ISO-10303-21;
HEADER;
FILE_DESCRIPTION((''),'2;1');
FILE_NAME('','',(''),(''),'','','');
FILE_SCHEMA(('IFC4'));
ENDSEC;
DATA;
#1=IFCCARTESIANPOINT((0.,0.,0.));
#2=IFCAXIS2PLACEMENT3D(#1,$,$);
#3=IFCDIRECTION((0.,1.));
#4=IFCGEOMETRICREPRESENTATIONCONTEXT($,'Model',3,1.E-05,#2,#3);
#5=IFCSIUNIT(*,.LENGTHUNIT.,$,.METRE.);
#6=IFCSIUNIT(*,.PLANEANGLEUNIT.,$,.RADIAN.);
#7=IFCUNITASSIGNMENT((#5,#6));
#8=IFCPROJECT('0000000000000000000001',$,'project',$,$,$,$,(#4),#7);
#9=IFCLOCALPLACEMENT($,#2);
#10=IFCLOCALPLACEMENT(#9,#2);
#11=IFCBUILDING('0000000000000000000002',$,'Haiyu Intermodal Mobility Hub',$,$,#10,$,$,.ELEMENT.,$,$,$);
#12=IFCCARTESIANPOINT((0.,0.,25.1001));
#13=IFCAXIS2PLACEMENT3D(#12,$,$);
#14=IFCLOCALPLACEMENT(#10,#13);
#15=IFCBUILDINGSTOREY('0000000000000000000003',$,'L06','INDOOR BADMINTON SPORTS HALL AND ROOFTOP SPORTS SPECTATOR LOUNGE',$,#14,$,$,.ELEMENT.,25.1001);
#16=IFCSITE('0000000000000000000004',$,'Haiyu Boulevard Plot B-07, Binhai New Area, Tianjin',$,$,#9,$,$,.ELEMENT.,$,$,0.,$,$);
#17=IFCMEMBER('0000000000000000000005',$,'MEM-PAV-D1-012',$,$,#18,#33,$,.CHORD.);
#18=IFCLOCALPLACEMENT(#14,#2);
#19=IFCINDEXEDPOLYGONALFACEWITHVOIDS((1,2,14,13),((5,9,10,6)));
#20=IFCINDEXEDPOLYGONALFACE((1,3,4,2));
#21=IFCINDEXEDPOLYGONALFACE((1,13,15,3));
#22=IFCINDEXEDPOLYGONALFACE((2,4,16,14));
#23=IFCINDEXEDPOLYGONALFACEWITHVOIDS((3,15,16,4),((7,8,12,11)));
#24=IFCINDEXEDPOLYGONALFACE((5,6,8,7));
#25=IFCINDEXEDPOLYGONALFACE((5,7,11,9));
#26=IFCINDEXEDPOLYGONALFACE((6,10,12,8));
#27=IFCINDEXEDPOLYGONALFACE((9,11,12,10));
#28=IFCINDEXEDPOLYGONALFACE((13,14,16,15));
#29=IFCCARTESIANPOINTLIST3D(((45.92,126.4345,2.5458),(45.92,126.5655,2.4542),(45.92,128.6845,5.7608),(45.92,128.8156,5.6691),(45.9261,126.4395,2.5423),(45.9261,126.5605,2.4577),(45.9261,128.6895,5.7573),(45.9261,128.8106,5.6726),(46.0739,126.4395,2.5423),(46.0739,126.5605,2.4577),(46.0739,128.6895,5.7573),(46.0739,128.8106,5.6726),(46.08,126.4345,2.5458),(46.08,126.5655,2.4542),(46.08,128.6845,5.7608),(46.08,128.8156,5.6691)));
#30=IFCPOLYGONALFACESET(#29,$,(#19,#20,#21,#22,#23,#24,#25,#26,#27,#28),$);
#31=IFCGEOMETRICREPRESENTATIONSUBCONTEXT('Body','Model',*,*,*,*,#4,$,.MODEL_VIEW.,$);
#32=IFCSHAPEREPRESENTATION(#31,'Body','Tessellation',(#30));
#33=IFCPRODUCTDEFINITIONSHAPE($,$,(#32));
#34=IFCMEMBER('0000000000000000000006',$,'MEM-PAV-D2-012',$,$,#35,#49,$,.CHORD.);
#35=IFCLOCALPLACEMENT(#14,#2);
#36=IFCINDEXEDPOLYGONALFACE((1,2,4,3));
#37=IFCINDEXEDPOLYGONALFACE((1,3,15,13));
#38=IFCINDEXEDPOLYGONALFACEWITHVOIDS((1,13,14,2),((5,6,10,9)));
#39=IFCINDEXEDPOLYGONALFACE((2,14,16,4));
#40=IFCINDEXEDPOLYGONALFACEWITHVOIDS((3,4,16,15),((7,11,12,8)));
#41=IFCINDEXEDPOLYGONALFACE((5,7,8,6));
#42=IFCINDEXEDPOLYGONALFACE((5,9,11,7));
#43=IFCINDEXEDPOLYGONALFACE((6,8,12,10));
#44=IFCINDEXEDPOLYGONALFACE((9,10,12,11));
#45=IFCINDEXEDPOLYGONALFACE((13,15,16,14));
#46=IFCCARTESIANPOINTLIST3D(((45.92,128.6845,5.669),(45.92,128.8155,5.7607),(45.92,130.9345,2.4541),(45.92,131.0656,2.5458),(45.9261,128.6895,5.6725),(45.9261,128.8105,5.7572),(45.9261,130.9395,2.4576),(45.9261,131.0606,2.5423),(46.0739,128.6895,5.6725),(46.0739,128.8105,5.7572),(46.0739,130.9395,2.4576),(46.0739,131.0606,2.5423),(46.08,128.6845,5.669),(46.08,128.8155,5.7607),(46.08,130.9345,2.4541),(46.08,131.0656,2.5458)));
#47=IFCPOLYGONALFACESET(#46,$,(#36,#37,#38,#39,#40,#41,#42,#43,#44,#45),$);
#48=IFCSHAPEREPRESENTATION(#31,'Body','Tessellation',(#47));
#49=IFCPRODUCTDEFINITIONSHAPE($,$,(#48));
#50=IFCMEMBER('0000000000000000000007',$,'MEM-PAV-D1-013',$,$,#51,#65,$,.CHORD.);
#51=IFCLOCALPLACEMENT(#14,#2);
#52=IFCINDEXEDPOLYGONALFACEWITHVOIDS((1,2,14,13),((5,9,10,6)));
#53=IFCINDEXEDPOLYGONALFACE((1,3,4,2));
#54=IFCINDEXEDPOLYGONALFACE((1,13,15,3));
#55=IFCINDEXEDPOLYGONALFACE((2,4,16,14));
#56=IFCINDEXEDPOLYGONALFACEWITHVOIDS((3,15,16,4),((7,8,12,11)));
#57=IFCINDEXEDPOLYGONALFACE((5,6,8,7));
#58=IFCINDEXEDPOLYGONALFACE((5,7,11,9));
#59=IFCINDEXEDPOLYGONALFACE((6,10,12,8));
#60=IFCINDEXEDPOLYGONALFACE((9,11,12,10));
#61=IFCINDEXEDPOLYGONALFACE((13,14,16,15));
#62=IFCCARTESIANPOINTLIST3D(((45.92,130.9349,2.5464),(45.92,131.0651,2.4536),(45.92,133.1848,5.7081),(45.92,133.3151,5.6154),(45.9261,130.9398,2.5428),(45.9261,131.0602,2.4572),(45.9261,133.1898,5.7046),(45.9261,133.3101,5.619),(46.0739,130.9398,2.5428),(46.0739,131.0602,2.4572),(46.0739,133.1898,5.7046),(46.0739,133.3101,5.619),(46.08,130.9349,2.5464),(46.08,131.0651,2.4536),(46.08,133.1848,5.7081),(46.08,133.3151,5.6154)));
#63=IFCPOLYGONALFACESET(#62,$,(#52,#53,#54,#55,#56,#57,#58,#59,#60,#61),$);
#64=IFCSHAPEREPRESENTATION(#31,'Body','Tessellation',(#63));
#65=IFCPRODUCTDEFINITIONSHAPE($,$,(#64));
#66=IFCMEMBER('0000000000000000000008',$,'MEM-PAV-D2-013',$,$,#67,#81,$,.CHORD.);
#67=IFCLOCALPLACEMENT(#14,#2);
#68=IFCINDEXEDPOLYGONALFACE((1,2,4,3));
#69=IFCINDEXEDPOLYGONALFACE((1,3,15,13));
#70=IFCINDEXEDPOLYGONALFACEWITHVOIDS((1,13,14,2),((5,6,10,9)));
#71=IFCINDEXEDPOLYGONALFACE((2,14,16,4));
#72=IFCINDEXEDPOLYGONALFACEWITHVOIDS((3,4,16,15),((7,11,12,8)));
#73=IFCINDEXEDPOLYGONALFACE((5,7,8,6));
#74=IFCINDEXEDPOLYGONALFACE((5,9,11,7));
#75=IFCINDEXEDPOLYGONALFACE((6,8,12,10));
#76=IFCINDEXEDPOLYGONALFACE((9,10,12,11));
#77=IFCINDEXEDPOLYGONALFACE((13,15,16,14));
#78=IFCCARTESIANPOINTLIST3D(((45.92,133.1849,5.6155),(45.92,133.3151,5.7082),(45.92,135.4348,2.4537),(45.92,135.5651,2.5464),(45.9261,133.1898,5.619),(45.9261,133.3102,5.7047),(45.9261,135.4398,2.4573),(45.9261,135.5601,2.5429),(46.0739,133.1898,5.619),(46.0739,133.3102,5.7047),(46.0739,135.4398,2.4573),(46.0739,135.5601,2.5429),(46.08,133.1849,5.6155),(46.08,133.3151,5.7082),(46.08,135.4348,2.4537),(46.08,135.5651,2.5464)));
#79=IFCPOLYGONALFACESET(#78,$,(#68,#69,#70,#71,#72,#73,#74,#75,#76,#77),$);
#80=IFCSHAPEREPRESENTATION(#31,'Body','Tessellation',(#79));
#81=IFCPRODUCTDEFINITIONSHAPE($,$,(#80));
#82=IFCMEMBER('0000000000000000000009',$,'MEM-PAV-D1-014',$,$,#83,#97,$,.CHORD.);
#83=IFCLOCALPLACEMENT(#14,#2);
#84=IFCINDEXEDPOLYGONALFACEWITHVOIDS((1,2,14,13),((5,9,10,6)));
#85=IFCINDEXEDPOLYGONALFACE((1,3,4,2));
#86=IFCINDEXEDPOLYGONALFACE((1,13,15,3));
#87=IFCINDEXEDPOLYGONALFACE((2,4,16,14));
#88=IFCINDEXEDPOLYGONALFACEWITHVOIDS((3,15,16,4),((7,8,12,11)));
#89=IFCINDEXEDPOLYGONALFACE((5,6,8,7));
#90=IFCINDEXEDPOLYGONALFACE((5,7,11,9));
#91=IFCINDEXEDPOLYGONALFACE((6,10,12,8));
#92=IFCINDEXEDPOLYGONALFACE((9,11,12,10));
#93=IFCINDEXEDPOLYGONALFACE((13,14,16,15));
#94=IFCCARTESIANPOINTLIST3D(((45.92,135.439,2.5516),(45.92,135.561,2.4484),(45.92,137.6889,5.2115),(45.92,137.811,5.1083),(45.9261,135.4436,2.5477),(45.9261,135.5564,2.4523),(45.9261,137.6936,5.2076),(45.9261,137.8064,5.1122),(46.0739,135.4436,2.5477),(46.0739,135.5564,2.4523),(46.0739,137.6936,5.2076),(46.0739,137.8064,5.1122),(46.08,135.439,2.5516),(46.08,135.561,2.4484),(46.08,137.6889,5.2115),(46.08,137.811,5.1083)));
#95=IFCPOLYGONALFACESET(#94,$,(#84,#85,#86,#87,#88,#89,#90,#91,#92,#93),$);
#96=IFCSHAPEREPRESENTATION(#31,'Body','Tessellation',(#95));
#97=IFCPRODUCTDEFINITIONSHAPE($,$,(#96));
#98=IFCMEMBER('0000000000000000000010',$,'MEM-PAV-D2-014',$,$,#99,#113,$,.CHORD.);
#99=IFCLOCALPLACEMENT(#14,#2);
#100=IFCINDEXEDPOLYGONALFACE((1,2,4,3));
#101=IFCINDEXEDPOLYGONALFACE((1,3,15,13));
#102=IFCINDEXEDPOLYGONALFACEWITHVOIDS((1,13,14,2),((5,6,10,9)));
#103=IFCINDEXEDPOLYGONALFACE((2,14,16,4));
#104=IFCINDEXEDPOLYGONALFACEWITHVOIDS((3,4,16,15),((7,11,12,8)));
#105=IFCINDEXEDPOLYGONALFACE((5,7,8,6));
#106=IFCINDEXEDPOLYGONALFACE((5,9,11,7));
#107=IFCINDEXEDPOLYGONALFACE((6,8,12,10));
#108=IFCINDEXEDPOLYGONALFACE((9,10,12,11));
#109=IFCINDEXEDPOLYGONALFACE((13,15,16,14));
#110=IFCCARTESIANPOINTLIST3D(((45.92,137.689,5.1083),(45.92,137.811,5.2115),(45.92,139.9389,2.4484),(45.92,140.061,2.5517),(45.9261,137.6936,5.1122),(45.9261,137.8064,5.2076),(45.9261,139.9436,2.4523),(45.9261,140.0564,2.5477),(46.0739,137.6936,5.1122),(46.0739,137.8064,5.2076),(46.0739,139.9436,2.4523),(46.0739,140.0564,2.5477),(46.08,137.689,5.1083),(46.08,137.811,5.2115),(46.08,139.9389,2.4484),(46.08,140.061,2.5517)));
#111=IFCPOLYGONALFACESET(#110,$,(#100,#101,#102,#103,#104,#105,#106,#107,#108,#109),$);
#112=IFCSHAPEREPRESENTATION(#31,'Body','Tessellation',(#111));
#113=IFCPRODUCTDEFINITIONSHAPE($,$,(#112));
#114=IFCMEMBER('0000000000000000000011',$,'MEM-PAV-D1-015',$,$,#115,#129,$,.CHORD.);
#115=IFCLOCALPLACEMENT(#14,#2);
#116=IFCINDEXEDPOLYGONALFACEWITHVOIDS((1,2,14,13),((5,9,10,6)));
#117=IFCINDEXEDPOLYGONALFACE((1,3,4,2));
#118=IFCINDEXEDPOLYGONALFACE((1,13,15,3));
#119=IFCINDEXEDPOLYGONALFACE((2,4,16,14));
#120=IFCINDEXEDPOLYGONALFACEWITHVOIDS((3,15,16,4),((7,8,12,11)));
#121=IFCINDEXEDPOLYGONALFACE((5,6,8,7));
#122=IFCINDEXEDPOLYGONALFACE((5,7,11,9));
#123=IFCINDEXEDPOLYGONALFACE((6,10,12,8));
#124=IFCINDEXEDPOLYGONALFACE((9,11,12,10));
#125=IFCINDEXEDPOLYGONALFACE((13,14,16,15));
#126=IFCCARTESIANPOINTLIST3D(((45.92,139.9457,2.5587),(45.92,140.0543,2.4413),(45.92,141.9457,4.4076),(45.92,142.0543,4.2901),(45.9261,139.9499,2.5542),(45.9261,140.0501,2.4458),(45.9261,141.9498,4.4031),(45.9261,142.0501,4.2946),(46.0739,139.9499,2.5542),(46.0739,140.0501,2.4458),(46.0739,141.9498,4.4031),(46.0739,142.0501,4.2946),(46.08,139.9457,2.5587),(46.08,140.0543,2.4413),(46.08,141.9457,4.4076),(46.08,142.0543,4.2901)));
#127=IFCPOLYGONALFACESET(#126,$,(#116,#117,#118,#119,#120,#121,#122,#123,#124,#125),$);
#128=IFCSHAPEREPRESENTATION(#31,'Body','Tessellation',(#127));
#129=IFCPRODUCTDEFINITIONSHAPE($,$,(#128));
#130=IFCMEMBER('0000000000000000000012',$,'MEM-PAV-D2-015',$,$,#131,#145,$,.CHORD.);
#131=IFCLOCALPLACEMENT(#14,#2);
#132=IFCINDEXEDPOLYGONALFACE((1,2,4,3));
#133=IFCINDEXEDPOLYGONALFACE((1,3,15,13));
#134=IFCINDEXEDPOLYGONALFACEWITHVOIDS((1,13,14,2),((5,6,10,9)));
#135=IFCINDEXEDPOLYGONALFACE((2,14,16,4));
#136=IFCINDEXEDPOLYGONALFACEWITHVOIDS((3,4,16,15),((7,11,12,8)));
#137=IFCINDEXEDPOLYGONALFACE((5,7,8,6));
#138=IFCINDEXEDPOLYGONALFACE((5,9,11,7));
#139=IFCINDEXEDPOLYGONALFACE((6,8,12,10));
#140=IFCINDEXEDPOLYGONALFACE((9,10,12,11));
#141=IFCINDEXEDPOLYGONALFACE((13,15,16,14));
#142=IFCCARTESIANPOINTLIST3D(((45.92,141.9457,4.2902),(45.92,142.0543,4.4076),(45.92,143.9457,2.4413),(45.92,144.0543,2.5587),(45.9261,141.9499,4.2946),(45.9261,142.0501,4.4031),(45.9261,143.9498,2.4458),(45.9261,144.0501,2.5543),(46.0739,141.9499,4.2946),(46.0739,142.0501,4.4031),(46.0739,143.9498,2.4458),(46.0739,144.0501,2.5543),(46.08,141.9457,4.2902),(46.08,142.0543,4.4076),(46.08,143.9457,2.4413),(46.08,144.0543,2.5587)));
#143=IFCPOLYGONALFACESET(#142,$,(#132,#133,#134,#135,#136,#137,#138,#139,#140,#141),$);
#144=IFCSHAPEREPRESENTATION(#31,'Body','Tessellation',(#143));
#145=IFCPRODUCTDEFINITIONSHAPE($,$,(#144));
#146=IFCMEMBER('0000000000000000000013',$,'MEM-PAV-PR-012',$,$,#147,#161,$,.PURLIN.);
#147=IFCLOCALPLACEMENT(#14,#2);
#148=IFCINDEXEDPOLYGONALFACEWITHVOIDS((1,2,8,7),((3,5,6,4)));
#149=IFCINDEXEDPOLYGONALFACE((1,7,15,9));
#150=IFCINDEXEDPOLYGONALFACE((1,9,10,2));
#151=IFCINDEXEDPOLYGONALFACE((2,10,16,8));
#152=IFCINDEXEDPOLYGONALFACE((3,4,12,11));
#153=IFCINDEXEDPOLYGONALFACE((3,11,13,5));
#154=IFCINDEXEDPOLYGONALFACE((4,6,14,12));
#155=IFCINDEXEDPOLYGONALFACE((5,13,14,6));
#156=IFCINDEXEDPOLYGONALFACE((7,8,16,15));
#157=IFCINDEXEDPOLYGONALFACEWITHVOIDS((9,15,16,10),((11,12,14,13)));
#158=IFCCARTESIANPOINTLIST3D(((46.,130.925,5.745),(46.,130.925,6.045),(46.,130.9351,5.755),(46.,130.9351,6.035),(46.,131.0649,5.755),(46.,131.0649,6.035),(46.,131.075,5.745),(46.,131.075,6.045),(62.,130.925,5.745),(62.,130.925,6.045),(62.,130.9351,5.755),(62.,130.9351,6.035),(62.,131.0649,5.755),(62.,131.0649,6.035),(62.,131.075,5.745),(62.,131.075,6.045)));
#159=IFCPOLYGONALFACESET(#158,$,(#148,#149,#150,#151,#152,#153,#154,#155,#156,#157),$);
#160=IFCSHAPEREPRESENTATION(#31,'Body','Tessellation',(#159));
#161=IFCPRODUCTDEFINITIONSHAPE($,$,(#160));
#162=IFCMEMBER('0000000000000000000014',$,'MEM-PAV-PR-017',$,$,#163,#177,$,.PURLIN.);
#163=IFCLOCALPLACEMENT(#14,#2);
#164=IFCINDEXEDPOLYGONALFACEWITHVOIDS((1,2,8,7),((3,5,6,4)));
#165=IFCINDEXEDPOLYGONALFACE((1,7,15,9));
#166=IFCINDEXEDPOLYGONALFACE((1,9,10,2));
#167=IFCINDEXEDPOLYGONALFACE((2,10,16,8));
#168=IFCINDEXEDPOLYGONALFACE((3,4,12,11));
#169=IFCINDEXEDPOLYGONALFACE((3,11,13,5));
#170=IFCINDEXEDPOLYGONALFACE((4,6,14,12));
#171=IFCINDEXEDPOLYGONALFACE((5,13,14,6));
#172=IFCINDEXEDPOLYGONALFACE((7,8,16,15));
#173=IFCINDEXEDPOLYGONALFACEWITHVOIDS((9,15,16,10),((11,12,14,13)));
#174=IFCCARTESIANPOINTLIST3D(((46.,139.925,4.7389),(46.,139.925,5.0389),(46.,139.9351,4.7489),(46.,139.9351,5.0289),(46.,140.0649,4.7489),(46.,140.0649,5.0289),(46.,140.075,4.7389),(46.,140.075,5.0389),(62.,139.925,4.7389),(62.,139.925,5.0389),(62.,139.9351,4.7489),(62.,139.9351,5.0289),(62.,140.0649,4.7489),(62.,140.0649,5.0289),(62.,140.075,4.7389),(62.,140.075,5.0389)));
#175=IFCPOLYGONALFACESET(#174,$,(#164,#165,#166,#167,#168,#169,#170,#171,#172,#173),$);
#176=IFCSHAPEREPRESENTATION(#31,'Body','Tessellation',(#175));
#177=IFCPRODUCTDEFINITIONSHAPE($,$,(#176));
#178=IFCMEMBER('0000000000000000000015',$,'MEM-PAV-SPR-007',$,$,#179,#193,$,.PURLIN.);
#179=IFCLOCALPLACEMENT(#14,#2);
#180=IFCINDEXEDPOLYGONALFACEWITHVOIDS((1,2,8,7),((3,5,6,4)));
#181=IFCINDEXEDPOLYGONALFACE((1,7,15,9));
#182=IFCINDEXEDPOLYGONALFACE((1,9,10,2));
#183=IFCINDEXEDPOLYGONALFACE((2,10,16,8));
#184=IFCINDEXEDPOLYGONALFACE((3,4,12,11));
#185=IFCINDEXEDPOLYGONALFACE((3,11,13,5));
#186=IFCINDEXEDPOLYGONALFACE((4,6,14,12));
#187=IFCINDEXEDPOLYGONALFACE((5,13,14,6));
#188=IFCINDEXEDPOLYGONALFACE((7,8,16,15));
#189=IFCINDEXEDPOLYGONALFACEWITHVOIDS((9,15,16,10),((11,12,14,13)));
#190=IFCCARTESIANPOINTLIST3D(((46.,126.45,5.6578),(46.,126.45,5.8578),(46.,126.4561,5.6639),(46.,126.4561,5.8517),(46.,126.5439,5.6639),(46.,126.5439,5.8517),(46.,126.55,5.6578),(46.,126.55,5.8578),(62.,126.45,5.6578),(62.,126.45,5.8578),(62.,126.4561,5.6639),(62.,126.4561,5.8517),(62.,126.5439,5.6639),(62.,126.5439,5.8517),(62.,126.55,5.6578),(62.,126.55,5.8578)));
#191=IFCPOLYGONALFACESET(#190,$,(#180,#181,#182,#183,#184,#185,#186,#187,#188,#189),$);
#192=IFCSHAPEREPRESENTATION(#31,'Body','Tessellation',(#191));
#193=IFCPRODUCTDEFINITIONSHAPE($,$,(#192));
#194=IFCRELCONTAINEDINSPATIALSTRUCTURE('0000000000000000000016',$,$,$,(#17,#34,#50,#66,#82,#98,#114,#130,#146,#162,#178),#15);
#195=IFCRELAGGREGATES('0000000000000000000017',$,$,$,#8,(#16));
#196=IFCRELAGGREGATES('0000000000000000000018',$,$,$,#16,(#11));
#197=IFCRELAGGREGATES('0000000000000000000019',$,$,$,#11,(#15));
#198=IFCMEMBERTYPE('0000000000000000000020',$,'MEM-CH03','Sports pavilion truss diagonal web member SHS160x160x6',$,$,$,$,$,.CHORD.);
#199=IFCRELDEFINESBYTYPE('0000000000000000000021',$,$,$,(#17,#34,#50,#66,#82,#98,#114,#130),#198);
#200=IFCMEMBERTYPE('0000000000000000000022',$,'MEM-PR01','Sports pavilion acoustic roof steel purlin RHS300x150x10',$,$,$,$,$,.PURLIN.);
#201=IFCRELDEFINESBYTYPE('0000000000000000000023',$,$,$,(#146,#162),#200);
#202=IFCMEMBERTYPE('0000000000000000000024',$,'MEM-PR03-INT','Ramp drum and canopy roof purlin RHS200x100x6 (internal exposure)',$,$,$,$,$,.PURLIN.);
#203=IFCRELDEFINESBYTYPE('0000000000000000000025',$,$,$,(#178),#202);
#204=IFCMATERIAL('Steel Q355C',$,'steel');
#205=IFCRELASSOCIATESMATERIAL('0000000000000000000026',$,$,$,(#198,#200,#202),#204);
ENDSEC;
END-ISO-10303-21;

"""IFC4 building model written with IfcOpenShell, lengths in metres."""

from ifc_helpers import new_model, si_unit, direction, frame, origin, origin_2d, place, context, subcontext, project, spatial, hollow_rectangle, extrude, material, material_profile, profile_set, type_object, element, save


model = new_model("IFC4")

# Units and contexts
model_context = context("Model", 3, precision=1e-05, world=origin(), true_north=direction((0.0, 1.0)))
body_context = subcontext(model_context, "Body", "Model", "MODEL_VIEW")
ifc_project = project(units=[si_unit("LENGTHUNIT", "METRE"), si_unit("PLANEANGLEUNIT", "RADIAN")], contexts=[model_context])

# Site, building, storey
site_placement = place(None, origin())
site = spatial("IfcSite", under=ifc_project, at=site_placement, Name="Haiyu Boulevard Plot B-07, Binhai New Area, Tianjin", CompositionType="ELEMENT", RefElevation=0.0)
building_placement = place(site_placement, origin())
building = spatial("IfcBuilding", under=site, at=building_placement, Name="Haiyu Intermodal Mobility Hub", CompositionType="ELEMENT")
storey_placement = place(building_placement, frame((0.0, 0.0, 25.1001)))
storey = spatial("IfcBuildingStorey", under=building, at=storey_placement, Name="L06", Description="INDOOR BADMINTON SPORTS HALL AND ROOFTOP SPORTS SPECTATOR LOUNGE", CompositionType="ELEMENT", Elevation=25.1001)

# Members
ifc_material_1 = material(Name="Steel Q355C", Category="steel")
ifc_material_profile_1 = material_profile(ifc_material_1, hollow_rectangle(XDim=0.1599, YDim=0.1599, WallThickness=0.0061, at=origin_2d()), Name="SHS160x160x6")
ifc_profile_set_1 = profile_set([ifc_material_profile_1], Name="Steel Q355C")
member_type_1 = type_object("IfcMemberType", Name="MEM-CH03", Description="Sports pavilion truss diagonal web member SHS160x160x6", PredefinedType="CHORD", material=ifc_profile_set_1)
for number, where, z_axis, x_axis, name in (
    (1, (46.0, 126.5, 2.5), (0.0, 0.573396, 0.819279), (-1.0, 0.0, 0.0), "MEM-PAV-D1-012"),
    (2, (46.0, 128.75, 5.7148), (0.0, 0.573396, -0.819279), (-1.0, 0.0, 0.0), "MEM-PAV-D2-012"),
):
    element("IfcMember", number, at=place(storey_placement, frame(where, z_axis=z_axis, x_axis=x_axis)), inside=storey, type_object=member_type_1, Name=name, PredefinedType="CHORD", context=body_context, shape_type="SweptSolid", body=[
        extrude(hollow_rectangle(XDim=0.1599, YDim=0.1599, WallThickness=0.0061, at=origin_2d()), origin(), (0.0, 0.0, 1.0), 3.9241),
    ])
for number, where, z_axis, x_axis, name in (
    (3, (46.0, 131.0, 2.5), (0.0, 0.579791, 0.814765), (-1.0, 0.0, 0.0), "MEM-PAV-D1-013"),
    (4, (46.0, 133.25, 5.6619), (0.0, 0.579791, -0.814765), (-1.0, 0.0, 0.0), "MEM-PAV-D2-013"),
):
    element("IfcMember", number, at=place(storey_placement, frame(where, z_axis=z_axis, x_axis=x_axis)), inside=storey, type_object=member_type_1, Name=name, PredefinedType="CHORD", context=body_context, shape_type="SweptSolid", body=[
        extrude(hollow_rectangle(XDim=0.1599, YDim=0.1599, WallThickness=0.0061, at=origin_2d()), origin(), (0.0, 0.0, 1.0), 3.8806),
    ])
for number, where, z_axis, x_axis, name in (
    (5, (46.0, 135.5, 2.5), (0.0, 0.645826, 0.763485), (-1.0, 0.0, 0.0), "MEM-PAV-D1-014"),
    (6, (46.0, 137.75, 5.1599), (0.0, 0.645826, -0.763485), (-1.0, 0.0, 0.0), "MEM-PAV-D2-014"),
):
    element("IfcMember", number, at=place(storey_placement, frame(where, z_axis=z_axis, x_axis=x_axis)), inside=storey, type_object=member_type_1, Name=name, PredefinedType="CHORD", context=body_context, shape_type="SweptSolid", body=[
        extrude(hollow_rectangle(XDim=0.1599, YDim=0.1599, WallThickness=0.0061, at=origin_2d()), origin(), (0.0, 0.0, 1.0), 3.4839),
    ])
for number, where, z_axis, x_axis, name in (
    (7, (46.0, 140.0, 2.5), (0.0, 0.734305, 0.67882), (-1.0, 0.0, 0.0), "MEM-PAV-D1-015"),
    (8, (46.0, 142.0, 4.3489), (0.0, 0.734305, -0.67882), (-1.0, 0.0, 0.0), "MEM-PAV-D2-015"),
):
    element("IfcMember", number, at=place(storey_placement, frame(where, z_axis=z_axis, x_axis=x_axis)), inside=storey, type_object=member_type_1, Name=name, PredefinedType="CHORD", context=body_context, shape_type="SweptSolid", body=[
        extrude(hollow_rectangle(XDim=0.1599, YDim=0.1599, WallThickness=0.0061, at=origin_2d()), origin(), (0.0, 0.0, 1.0), 2.7236),
    ])
ifc_material_profile_2 = material_profile(ifc_material_1, hollow_rectangle(XDim=0.1499, YDim=0.3, WallThickness=0.01, at=origin_2d()), Name="RHS300x150x10")
ifc_profile_set_2 = profile_set([ifc_material_profile_2], Name="Steel Q355C")
member_type_2 = type_object("IfcMemberType", Name="MEM-PR01", Description="Sports pavilion acoustic roof steel purlin RHS300x150x10", PredefinedType="PURLIN", material=ifc_profile_set_2)
for number, where, z_axis, x_axis, name in (
    (9, (46.0, 131.0, 5.895), (1.0, 0.0, 0.0), (0.0, 1.0, 0.0), "MEM-PAV-PR-012"),
    (10, (46.0, 140.0, 4.8889), (1.0, 0.0, 0.0), (0.0, 1.0, 0.0), "MEM-PAV-PR-017"),
):
    element("IfcMember", number, at=place(storey_placement, frame(where, z_axis=z_axis, x_axis=x_axis)), inside=storey, type_object=member_type_2, Name=name, PredefinedType="PURLIN", context=body_context, shape_type="SweptSolid", body=[
        extrude(hollow_rectangle(XDim=0.1499, YDim=0.3, WallThickness=0.01, at=origin_2d()), origin(), (0.0, 0.0, 1.0), 16.0),
    ])
ifc_material_profile_3 = material_profile(ifc_material_1, hollow_rectangle(XDim=0.1001, YDim=0.2, WallThickness=0.0061, at=origin_2d()), Name="RHS200x100x6")
ifc_profile_set_3 = profile_set([ifc_material_profile_3], Name="Steel Q355C")
member_type_3 = type_object("IfcMemberType", Name="MEM-PR03-INT", Description="Ramp drum and canopy roof purlin RHS200x100x6 (internal exposure)", PredefinedType="PURLIN", material=ifc_profile_set_3)
member_1_placement = place(storey_placement, frame((46.0, 126.5, 5.7578), z_axis=(1.0, 0.0, 0.0), x_axis=(0.0, 1.0, 0.0)))
element("IfcMember", 11, at=member_1_placement, inside=storey, type_object=member_type_3, Name="MEM-PAV-SPR-007", PredefinedType="PURLIN", context=body_context, shape_type="SweptSolid", body=[
    extrude(hollow_rectangle(XDim=0.1001, YDim=0.2, WallThickness=0.0061, at=origin_2d()), origin(), (0.0, 0.0, 1.0), 16.0),
])

save(model, "model.ifc")
